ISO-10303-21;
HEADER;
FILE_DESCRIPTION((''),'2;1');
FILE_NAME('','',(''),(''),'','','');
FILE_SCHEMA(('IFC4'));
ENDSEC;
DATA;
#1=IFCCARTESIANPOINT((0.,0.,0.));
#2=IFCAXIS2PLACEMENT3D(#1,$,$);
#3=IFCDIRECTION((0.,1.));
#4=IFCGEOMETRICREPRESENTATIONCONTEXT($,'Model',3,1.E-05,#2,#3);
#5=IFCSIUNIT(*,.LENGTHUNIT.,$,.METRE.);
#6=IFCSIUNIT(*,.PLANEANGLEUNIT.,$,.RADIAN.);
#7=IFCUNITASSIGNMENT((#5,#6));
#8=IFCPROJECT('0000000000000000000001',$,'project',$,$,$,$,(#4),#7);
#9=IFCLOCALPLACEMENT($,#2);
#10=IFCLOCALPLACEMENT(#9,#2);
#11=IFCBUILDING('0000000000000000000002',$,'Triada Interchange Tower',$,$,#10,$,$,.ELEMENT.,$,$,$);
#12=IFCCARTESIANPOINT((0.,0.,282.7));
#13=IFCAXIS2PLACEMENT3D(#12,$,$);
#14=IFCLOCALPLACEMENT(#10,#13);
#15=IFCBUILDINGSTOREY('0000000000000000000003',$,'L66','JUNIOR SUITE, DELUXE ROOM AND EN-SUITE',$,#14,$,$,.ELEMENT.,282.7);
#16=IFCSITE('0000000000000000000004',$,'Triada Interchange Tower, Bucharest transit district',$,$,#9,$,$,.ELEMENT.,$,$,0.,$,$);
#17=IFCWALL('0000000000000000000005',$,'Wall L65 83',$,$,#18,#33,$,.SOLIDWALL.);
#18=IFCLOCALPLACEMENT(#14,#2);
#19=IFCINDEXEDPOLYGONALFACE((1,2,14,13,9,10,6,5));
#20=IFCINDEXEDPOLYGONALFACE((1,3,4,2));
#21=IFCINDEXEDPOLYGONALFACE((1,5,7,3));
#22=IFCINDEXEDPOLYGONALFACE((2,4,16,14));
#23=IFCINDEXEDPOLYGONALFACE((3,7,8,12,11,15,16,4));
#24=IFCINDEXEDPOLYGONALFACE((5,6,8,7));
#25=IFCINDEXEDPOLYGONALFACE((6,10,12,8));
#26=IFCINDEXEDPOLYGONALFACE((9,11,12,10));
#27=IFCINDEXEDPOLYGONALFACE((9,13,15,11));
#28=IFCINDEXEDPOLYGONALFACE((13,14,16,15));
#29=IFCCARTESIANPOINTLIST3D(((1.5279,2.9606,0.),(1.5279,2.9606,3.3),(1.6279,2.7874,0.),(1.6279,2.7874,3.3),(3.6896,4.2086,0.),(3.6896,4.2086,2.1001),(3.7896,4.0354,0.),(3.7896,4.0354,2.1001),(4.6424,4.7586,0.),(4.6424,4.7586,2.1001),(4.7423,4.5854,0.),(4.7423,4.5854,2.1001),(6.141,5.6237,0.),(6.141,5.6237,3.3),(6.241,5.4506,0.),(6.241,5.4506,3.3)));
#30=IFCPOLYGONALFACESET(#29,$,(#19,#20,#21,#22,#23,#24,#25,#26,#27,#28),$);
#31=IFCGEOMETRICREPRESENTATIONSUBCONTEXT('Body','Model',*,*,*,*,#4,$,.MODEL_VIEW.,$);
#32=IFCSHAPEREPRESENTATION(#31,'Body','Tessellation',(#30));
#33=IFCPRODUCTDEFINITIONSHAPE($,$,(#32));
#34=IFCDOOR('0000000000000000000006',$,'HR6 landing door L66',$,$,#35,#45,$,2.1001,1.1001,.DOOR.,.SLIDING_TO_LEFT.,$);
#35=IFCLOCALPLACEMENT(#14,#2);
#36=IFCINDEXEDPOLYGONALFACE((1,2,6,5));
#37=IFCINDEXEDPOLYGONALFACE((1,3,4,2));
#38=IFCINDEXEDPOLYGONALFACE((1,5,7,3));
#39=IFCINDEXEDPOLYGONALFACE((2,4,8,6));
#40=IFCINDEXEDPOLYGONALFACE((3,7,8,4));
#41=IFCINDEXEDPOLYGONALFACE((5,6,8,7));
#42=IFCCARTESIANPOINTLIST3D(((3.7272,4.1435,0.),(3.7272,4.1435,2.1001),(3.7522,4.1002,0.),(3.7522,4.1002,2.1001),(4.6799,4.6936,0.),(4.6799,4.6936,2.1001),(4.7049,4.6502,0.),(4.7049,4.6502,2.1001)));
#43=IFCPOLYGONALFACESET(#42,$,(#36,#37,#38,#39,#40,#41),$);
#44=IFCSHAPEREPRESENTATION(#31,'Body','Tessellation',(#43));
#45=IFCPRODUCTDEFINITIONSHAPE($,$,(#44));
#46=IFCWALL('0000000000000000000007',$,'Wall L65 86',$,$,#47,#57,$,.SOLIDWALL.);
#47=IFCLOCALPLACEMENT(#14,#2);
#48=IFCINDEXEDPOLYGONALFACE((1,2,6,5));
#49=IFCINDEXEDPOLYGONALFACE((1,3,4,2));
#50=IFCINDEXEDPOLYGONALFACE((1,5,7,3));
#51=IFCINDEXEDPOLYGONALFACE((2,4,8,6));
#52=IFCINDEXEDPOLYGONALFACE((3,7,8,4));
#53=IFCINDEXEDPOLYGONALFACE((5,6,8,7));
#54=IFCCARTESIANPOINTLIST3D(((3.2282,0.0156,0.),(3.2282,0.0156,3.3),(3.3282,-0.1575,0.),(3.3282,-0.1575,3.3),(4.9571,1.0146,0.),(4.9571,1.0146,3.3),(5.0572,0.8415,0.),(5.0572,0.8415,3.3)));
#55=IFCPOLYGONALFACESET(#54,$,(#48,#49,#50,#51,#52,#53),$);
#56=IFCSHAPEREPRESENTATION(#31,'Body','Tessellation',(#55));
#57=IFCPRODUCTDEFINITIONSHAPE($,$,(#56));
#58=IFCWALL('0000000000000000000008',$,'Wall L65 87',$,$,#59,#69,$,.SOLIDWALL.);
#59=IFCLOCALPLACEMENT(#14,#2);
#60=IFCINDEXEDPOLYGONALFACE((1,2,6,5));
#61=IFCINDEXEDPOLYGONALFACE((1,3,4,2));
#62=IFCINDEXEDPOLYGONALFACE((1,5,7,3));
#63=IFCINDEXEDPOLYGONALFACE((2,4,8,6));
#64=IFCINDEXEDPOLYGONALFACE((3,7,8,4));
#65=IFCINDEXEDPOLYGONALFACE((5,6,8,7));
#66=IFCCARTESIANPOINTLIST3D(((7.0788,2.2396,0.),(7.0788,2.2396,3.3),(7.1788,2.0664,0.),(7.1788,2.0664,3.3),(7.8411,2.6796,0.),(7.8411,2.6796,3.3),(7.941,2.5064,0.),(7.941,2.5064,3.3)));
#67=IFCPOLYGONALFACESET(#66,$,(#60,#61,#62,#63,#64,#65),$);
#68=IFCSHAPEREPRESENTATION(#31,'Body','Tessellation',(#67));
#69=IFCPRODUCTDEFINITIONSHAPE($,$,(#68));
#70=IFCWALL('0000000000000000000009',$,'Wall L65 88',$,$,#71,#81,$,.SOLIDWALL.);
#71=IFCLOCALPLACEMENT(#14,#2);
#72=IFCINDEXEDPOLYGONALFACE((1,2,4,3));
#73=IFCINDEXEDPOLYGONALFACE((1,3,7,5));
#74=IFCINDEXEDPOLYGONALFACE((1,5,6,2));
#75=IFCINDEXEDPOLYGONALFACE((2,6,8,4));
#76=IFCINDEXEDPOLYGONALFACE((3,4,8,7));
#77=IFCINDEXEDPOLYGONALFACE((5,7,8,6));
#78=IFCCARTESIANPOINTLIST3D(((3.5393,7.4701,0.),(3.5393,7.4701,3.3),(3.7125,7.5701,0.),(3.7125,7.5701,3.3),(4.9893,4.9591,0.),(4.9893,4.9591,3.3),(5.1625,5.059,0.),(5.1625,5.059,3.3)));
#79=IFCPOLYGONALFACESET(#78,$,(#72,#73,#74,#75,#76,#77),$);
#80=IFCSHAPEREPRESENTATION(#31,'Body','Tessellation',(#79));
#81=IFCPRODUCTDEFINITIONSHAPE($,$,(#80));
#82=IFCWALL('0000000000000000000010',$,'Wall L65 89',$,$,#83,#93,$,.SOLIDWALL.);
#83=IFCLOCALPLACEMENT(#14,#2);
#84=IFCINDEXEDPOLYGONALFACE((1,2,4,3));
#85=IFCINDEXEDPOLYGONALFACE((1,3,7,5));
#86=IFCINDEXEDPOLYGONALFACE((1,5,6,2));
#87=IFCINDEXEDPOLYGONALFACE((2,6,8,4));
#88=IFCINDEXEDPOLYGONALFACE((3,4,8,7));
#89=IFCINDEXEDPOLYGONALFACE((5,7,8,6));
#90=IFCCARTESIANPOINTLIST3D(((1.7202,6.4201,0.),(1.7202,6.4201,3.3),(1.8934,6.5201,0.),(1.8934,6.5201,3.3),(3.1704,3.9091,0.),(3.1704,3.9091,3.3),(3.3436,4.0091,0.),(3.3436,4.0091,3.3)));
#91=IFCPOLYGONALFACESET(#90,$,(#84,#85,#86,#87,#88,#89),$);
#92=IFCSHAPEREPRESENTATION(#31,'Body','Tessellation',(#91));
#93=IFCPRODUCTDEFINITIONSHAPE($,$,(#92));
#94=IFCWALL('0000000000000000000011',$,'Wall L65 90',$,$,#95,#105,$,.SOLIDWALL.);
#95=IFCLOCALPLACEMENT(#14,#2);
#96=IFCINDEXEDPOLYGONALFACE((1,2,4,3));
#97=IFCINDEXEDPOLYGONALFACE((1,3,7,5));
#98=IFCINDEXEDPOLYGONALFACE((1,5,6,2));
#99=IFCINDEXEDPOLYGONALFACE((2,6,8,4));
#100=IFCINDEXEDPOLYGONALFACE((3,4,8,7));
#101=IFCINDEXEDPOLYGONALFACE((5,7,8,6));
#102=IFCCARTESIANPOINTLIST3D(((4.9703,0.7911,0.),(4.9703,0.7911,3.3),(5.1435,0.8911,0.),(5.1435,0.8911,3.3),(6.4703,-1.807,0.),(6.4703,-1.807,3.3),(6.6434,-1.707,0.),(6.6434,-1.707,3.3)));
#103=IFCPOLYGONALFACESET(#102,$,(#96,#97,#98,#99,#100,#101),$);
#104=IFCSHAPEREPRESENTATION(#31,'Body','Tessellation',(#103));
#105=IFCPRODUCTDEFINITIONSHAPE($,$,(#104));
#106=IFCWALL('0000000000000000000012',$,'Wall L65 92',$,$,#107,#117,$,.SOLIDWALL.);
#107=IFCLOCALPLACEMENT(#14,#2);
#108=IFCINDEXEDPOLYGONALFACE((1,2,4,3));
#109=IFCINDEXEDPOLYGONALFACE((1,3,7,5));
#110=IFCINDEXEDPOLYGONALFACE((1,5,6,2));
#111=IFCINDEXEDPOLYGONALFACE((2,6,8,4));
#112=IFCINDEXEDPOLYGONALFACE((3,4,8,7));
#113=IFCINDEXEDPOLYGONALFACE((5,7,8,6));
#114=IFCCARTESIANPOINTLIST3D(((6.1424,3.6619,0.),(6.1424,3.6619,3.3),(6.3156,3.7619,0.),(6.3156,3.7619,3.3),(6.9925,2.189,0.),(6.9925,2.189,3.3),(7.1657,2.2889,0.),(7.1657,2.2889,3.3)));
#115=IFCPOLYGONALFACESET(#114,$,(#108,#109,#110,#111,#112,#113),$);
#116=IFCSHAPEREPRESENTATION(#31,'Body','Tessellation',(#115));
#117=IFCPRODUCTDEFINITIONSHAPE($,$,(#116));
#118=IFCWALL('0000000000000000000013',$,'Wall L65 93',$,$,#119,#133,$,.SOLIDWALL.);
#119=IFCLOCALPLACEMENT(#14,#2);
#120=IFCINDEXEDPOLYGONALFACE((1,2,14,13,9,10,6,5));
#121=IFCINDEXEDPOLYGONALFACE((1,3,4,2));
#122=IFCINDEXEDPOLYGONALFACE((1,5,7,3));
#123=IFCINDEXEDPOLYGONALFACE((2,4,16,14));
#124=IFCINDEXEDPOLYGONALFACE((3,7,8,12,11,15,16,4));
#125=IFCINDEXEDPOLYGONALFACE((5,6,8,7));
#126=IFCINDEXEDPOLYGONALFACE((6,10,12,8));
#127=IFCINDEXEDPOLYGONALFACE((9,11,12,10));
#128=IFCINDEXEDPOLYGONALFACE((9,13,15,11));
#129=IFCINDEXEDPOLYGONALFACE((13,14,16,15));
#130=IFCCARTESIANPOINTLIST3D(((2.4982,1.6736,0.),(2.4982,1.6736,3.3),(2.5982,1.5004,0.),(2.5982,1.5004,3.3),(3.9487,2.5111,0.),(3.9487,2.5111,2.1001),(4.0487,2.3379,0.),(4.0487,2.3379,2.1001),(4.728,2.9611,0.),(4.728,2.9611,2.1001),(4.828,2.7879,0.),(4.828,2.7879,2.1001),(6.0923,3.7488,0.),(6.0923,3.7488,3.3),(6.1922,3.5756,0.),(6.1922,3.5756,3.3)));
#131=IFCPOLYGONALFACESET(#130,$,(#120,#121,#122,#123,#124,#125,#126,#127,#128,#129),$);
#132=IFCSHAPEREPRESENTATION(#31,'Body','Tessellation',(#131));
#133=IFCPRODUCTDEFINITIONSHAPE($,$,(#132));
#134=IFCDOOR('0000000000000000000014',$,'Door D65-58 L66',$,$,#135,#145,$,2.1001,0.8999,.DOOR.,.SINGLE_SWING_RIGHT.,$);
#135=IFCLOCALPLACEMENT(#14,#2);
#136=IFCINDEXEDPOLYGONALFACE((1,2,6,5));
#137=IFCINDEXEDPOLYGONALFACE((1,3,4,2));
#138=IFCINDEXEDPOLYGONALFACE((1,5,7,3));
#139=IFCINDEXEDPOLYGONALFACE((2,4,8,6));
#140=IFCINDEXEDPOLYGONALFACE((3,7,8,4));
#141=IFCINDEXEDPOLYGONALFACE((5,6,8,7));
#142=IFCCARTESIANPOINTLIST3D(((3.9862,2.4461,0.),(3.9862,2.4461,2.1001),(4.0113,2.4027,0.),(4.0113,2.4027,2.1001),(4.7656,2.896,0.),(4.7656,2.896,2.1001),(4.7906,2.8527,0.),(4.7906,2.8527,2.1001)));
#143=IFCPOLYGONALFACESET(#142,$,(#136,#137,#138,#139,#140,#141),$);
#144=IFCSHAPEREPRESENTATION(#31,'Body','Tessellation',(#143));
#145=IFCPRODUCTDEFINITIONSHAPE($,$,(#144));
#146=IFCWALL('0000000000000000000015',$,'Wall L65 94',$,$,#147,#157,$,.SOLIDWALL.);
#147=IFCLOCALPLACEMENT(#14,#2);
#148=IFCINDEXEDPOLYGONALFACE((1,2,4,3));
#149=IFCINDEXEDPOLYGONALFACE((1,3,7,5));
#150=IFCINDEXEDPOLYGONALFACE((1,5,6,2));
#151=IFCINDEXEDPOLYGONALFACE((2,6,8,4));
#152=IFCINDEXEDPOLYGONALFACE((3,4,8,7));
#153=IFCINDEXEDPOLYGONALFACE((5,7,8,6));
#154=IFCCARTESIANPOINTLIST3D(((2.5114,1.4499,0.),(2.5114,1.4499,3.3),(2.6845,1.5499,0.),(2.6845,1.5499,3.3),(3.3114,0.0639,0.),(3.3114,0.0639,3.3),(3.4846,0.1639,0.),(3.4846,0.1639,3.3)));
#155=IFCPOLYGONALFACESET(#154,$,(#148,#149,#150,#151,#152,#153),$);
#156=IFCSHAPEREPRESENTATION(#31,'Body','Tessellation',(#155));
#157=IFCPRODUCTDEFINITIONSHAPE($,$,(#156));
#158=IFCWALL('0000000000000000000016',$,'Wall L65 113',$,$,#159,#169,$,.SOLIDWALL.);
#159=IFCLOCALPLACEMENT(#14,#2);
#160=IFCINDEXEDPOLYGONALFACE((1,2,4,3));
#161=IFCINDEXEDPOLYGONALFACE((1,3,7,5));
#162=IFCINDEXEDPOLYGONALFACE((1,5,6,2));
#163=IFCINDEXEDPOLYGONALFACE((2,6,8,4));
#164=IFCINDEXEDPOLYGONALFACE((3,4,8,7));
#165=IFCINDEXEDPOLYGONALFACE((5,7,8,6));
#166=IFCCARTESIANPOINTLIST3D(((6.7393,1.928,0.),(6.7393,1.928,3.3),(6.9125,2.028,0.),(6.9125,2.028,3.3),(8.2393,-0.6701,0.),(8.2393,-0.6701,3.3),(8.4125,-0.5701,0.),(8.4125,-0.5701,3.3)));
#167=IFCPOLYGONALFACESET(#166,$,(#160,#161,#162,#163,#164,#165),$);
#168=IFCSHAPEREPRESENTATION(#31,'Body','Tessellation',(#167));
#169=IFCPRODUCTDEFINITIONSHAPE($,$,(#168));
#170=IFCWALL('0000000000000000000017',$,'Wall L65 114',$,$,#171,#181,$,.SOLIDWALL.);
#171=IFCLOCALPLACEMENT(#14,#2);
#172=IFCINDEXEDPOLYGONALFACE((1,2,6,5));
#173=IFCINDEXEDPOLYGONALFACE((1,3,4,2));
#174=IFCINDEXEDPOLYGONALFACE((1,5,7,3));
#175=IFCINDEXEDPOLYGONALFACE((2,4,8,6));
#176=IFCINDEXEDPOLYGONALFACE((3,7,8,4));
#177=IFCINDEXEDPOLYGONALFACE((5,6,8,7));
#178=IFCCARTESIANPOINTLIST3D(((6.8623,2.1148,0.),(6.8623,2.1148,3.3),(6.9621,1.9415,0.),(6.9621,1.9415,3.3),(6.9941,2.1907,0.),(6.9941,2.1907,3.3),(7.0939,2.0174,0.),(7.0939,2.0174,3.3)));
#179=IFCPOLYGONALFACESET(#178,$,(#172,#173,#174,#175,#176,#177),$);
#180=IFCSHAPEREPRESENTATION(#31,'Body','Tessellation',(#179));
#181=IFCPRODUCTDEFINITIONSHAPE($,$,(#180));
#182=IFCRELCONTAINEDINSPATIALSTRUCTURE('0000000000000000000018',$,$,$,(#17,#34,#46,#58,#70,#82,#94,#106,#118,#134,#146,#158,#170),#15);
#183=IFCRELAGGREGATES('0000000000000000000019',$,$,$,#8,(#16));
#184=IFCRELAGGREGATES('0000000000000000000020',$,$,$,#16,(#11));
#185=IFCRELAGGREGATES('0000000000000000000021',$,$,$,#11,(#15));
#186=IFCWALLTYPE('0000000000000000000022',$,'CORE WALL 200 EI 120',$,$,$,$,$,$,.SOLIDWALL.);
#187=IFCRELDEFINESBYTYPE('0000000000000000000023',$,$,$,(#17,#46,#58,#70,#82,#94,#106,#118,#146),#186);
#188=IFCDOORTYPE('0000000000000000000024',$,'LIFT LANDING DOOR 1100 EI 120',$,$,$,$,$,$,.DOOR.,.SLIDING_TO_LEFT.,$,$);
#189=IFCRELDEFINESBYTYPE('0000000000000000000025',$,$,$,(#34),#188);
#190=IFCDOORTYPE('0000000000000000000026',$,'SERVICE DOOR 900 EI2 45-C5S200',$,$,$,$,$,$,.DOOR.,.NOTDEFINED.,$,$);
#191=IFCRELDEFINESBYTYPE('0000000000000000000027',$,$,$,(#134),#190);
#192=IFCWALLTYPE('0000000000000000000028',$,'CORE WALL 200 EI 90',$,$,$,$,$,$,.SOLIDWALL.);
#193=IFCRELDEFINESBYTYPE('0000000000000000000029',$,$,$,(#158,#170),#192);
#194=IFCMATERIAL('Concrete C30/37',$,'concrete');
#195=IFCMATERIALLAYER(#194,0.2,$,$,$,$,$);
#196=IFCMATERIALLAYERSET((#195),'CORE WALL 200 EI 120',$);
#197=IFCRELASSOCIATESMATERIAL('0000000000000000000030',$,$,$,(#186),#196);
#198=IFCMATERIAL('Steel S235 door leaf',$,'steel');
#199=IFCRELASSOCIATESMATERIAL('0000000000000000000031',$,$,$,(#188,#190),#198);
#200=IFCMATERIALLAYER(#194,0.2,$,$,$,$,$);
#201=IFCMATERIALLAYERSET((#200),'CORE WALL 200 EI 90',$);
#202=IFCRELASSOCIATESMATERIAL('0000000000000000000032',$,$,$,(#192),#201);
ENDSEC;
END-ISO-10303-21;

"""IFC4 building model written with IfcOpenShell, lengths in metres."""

from ifc_helpers import new_model, si_unit, direction, frame, frame_2d, origin, place, context, subcontext, project, spatial, rectangle, extrude, material, layer, layer_set, type_object, element, fill, save


model = new_model("IFC4")

# Units and contexts
model_context = context("Model", 3, precision=1e-05, world=origin(), true_north=direction((0.0, 1.0)))
body_context = subcontext(model_context, "Body", "Model", "MODEL_VIEW")
ifc_project = project(units=[si_unit("LENGTHUNIT", "METRE"), si_unit("PLANEANGLEUNIT", "RADIAN")], contexts=[model_context])

# Site, building, storey
site_placement = place(None, origin())
site = spatial("IfcSite", under=ifc_project, at=site_placement, Name="Triada Interchange Tower, Bucharest transit district", CompositionType="ELEMENT", RefElevation=0.0)
building_placement = place(site_placement, origin())
building = spatial("IfcBuilding", under=site, at=building_placement, Name="Triada Interchange Tower", CompositionType="ELEMENT")
storey_placement = place(building_placement, frame((0.0, 0.0, 282.7)))
storey = spatial("IfcBuildingStorey", under=building, at=storey_placement, Name="L66", Description="JUNIOR SUITE, DELUXE ROOM AND EN-SUITE", CompositionType="ELEMENT", Elevation=282.7)

# Shared definitions
ifc_material_1 = material(Name="Concrete C30/37", Category="concrete")
ifc_layer_1 = layer(ifc_material_1, 0.2)
ifc_layer_set_1 = layer_set([ifc_layer_1], Name="CORE WALL 200 EI 120")
wall_type_1 = type_object("IfcWallType", Name="CORE WALL 200 EI 120", PredefinedType="SOLIDWALL", material=ifc_layer_set_1)
ifc_material_2 = material(Name="Steel S235 door leaf", Category="steel")
door_type_1 = type_object("IfcDoorType", Name="LIFT LANDING DOOR 1100 EI 120", OperationType="SLIDING_TO_LEFT", PredefinedType="DOOR", material=ifc_material_2)

# Wall, opening, door
wall_1_placement = place(storey_placement, frame((1.5779, 2.874, 0.0), z_axis=(0.0, 0.0, 1.0), x_axis=(0.866046, 0.499964, 0.0)))
wall_1 = element("IfcWall", 1, at=wall_1_placement, inside=storey, type_object=wall_type_1, Name="Wall L65 83", PredefinedType="SOLIDWALL", context=body_context, shape_type="SweptSolid", body=[
    extrude(rectangle(XDim=5.3267, YDim=0.2, at=frame_2d((2.6633, 0.0))), origin(), (0.0, 0.0, 1.0), 3.3),
])
opening_1_placement = place(wall_1_placement, frame((2.4961, 0.0, 0.0)))
opening_1 = element("IfcOpeningElement", 2, at=opening_1_placement, cuts=wall_1, PredefinedType="OPENING", context=body_context, shape_type="SweptSolid", body=[
    extrude(rectangle(XDim=1.1001, YDim=2.1001, at=frame_2d((0.55, 1.05))), frame((0.0, 0.1099, 0.0), z_axis=(0.0, -1.0, 0.0), x_axis=(1.0, 0.0, 0.0)), (0.0, 0.0, 1.0), 0.22),
])
door_1_placement = place(opening_1_placement, origin())
door_1 = element("IfcDoor", 3, at=door_1_placement, inside=storey, type_object=door_type_1, Name="HR6 landing door L66", OperationType="SLIDING_TO_LEFT", OverallHeight=2.1001, OverallWidth=1.1001, PredefinedType="DOOR", context=body_context, shape_type="SweptSolid", body=[
    extrude(rectangle(XDim=1.1001, YDim=2.1001, at=frame_2d((0.55, 1.05))), frame((0.0, 0.0249, 0.0), z_axis=(0.0, -1.0, 0.0), x_axis=(1.0, 0.0, 0.0)), (0.0, 0.0, 1.0), 0.05),
])
fill(opening_1, door_1)

# Walls
wall_2_placement = place(storey_placement, frame((3.2781, -0.071, 0.0), z_axis=(0.0, 0.0, 1.0), x_axis=(0.865856, 0.500294, 0.0)))
element("IfcWall", 4, at=wall_2_placement, inside=storey, type_object=wall_type_1, Name="Wall L65 86", PredefinedType="SOLIDWALL", context=body_context, shape_type="SweptSolid", body=[
    extrude(rectangle(XDim=1.9968, YDim=0.2, at=frame_2d((0.9985, 0.0))), origin(), (0.0, 0.0, 1.0), 3.3),
])
wall_3_placement = place(storey_placement, frame((7.1289, 2.1531, 0.0), z_axis=(0.0, 0.0, 1.0), x_axis=(0.866084, 0.499899, 0.0)))
element("IfcWall", 5, at=wall_3_placement, inside=storey, type_object=wall_type_1, Name="Wall L65 87", PredefinedType="SOLIDWALL", context=body_context, shape_type="SweptSolid", body=[
    extrude(rectangle(XDim=0.8801, YDim=0.2, at=frame_2d((0.4399, 0.0))), origin(), (0.0, 0.0, 1.0), 3.3),
])
for number, where, z_axis, x_axis, name in (
    (6, (3.626, 7.52, 0.0), (0.0, 0.0, 1.0), (0.50006, -0.865991, 0.0), "Wall L65 88"),
    (7, (1.8069, 6.47, 0.0), (0.0, 0.0, 1.0), (0.500123, -0.865954, 0.0), "Wall L65 89"),
):
    element("IfcWall", number, at=place(storey_placement, frame(where, z_axis=z_axis, x_axis=x_axis)), inside=storey, type_object=wall_type_1, Name=name, PredefinedType="SOLIDWALL", context=body_context, shape_type="SweptSolid", body=[
        extrude(rectangle(XDim=2.8997, YDim=0.2, at=frame_2d((1.4497, 0.0))), origin(), (0.0, 0.0, 1.0), 3.3),
    ])
wall_4_placement = place(storey_placement, frame((5.0569, 0.8411, 0.0), z_axis=(0.0, 0.0, 1.0), x_axis=(0.49999, -0.866031, 0.0)))
element("IfcWall", 8, at=wall_4_placement, inside=storey, type_object=wall_type_1, Name="Wall L65 90", PredefinedType="SOLIDWALL", context=body_context, shape_type="SweptSolid", body=[
    extrude(rectangle(XDim=3.0, YDim=0.2, at=frame_2d((1.5, 0.0))), origin(), (0.0, 0.0, 1.0), 3.3),
])
wall_5_placement = place(storey_placement, frame((6.229, 3.7119, 0.0), z_axis=(0.0, 0.0, 1.0), x_axis=(0.499876, -0.866097, 0.0)))
element("IfcWall", 9, at=wall_5_placement, inside=storey, type_object=wall_type_1, Name="Wall L65 92", PredefinedType="SOLIDWALL", context=body_context, shape_type="SweptSolid", body=[
    extrude(rectangle(XDim=1.7007, YDim=0.2, at=frame_2d((0.8503, 0.0))), origin(), (0.0, 0.0, 1.0), 3.3),
])

# Wall, opening, door
wall_6_placement = place(storey_placement, frame((2.5481, 1.5869, 0.0), z_axis=(0.0, 0.0, 1.0), x_axis=(0.866004, 0.500036, 0.0)))
wall_6 = element("IfcWall", 10, at=wall_6_placement, inside=storey, type_object=wall_type_1, Name="Wall L65 93", PredefinedType="SOLIDWALL", context=body_context, shape_type="SweptSolid", body=[
    extrude(rectangle(XDim=4.1501, YDim=0.2, at=frame_2d((2.0752, 0.0))), origin(), (0.0, 0.0, 1.0), 3.3),
])
opening_2_placement = place(wall_6_placement, frame((1.675, 0.0, 0.0)))
opening_2 = element("IfcOpeningElement", 11, at=opening_2_placement, cuts=wall_6, PredefinedType="OPENING", context=body_context, shape_type="SweptSolid", body=[
    extrude(rectangle(XDim=0.8999, YDim=2.1001, at=frame_2d((0.45, 1.05))), frame((0.0, 0.1099, 0.0), z_axis=(0.0, -1.0, 0.0), x_axis=(1.0, 0.0, 0.0)), (0.0, 0.0, 1.0), 0.22),
])
door_type_2 = type_object("IfcDoorType", Name="SERVICE DOOR 900 EI2 45-C5S200", OperationType="NOTDEFINED", PredefinedType="DOOR", material=ifc_material_2)
door_2_placement = place(opening_2_placement, origin())
door_2 = element("IfcDoor", 12, at=door_2_placement, inside=storey, type_object=door_type_2, Name="Door D65-58 L66", OperationType="SINGLE_SWING_RIGHT", OverallHeight=2.1001, OverallWidth=0.8999, PredefinedType="DOOR", context=body_context, shape_type="SweptSolid", body=[
    extrude(rectangle(XDim=0.8999, YDim=2.1001, at=frame_2d((0.45, 1.05))), frame((0.0, 0.0249, 0.0), z_axis=(0.0, -1.0, 0.0), x_axis=(1.0, 0.0, 0.0)), (0.0, 0.0, 1.0), 0.05),
])
fill(opening_2, door_2)

# Walls
wall_7_placement = place(storey_placement, frame((2.5979, 1.5, 0.0), z_axis=(0.0, 0.0, 1.0), x_axis=(0.499929, -0.866066, 0.0)))
element("IfcWall", 13, at=wall_7_placement, inside=storey, type_object=wall_type_1, Name="Wall L65 94", PredefinedType="SOLIDWALL", context=body_context, shape_type="SweptSolid", body=[
    extrude(rectangle(XDim=1.6003, YDim=0.2, at=frame_2d((0.8003, 0.0))), origin(), (0.0, 0.0, 1.0), 3.3),
])
ifc_layer_2 = layer(ifc_material_1, 0.2)
ifc_layer_set_2 = layer_set([ifc_layer_2], Name="CORE WALL 200 EI 90")
wall_type_2 = type_object("IfcWallType", Name="CORE WALL 200 EI 90", PredefinedType="SOLIDWALL", material=ifc_layer_set_2)
wall_8_placement = place(storey_placement, frame((6.8259, 1.978, 0.0), z_axis=(0.0, 0.0, 1.0), x_axis=(0.49999, -0.866031, 0.0)))
element("IfcWall", 14, at=wall_8_placement, inside=storey, type_object=wall_type_2, Name="Wall L65 113", PredefinedType="SOLIDWALL", context=body_context, shape_type="SweptSolid", body=[
    extrude(rectangle(XDim=3.0, YDim=0.2, at=frame_2d((1.5, 0.0))), origin(), (0.0, 0.0, 1.0), 3.3),
])
wall_9_placement = place(storey_placement, frame((6.9121, 2.0281, 0.0), z_axis=(0.0, 0.0, 1.0), x_axis=(0.866559, 0.499074, 0.0)))
element("IfcWall", 15, at=wall_9_placement, inside=storey, type_object=wall_type_2, Name="Wall L65 114", PredefinedType="SOLIDWALL", context=body_context, shape_type="SweptSolid", body=[
    extrude(rectangle(XDim=0.1521, YDim=0.2, at=frame_2d((0.0762, 0.0))), origin(), (0.0, 0.0, 1.0), 3.3),
])

save(model, "model.ifc")
